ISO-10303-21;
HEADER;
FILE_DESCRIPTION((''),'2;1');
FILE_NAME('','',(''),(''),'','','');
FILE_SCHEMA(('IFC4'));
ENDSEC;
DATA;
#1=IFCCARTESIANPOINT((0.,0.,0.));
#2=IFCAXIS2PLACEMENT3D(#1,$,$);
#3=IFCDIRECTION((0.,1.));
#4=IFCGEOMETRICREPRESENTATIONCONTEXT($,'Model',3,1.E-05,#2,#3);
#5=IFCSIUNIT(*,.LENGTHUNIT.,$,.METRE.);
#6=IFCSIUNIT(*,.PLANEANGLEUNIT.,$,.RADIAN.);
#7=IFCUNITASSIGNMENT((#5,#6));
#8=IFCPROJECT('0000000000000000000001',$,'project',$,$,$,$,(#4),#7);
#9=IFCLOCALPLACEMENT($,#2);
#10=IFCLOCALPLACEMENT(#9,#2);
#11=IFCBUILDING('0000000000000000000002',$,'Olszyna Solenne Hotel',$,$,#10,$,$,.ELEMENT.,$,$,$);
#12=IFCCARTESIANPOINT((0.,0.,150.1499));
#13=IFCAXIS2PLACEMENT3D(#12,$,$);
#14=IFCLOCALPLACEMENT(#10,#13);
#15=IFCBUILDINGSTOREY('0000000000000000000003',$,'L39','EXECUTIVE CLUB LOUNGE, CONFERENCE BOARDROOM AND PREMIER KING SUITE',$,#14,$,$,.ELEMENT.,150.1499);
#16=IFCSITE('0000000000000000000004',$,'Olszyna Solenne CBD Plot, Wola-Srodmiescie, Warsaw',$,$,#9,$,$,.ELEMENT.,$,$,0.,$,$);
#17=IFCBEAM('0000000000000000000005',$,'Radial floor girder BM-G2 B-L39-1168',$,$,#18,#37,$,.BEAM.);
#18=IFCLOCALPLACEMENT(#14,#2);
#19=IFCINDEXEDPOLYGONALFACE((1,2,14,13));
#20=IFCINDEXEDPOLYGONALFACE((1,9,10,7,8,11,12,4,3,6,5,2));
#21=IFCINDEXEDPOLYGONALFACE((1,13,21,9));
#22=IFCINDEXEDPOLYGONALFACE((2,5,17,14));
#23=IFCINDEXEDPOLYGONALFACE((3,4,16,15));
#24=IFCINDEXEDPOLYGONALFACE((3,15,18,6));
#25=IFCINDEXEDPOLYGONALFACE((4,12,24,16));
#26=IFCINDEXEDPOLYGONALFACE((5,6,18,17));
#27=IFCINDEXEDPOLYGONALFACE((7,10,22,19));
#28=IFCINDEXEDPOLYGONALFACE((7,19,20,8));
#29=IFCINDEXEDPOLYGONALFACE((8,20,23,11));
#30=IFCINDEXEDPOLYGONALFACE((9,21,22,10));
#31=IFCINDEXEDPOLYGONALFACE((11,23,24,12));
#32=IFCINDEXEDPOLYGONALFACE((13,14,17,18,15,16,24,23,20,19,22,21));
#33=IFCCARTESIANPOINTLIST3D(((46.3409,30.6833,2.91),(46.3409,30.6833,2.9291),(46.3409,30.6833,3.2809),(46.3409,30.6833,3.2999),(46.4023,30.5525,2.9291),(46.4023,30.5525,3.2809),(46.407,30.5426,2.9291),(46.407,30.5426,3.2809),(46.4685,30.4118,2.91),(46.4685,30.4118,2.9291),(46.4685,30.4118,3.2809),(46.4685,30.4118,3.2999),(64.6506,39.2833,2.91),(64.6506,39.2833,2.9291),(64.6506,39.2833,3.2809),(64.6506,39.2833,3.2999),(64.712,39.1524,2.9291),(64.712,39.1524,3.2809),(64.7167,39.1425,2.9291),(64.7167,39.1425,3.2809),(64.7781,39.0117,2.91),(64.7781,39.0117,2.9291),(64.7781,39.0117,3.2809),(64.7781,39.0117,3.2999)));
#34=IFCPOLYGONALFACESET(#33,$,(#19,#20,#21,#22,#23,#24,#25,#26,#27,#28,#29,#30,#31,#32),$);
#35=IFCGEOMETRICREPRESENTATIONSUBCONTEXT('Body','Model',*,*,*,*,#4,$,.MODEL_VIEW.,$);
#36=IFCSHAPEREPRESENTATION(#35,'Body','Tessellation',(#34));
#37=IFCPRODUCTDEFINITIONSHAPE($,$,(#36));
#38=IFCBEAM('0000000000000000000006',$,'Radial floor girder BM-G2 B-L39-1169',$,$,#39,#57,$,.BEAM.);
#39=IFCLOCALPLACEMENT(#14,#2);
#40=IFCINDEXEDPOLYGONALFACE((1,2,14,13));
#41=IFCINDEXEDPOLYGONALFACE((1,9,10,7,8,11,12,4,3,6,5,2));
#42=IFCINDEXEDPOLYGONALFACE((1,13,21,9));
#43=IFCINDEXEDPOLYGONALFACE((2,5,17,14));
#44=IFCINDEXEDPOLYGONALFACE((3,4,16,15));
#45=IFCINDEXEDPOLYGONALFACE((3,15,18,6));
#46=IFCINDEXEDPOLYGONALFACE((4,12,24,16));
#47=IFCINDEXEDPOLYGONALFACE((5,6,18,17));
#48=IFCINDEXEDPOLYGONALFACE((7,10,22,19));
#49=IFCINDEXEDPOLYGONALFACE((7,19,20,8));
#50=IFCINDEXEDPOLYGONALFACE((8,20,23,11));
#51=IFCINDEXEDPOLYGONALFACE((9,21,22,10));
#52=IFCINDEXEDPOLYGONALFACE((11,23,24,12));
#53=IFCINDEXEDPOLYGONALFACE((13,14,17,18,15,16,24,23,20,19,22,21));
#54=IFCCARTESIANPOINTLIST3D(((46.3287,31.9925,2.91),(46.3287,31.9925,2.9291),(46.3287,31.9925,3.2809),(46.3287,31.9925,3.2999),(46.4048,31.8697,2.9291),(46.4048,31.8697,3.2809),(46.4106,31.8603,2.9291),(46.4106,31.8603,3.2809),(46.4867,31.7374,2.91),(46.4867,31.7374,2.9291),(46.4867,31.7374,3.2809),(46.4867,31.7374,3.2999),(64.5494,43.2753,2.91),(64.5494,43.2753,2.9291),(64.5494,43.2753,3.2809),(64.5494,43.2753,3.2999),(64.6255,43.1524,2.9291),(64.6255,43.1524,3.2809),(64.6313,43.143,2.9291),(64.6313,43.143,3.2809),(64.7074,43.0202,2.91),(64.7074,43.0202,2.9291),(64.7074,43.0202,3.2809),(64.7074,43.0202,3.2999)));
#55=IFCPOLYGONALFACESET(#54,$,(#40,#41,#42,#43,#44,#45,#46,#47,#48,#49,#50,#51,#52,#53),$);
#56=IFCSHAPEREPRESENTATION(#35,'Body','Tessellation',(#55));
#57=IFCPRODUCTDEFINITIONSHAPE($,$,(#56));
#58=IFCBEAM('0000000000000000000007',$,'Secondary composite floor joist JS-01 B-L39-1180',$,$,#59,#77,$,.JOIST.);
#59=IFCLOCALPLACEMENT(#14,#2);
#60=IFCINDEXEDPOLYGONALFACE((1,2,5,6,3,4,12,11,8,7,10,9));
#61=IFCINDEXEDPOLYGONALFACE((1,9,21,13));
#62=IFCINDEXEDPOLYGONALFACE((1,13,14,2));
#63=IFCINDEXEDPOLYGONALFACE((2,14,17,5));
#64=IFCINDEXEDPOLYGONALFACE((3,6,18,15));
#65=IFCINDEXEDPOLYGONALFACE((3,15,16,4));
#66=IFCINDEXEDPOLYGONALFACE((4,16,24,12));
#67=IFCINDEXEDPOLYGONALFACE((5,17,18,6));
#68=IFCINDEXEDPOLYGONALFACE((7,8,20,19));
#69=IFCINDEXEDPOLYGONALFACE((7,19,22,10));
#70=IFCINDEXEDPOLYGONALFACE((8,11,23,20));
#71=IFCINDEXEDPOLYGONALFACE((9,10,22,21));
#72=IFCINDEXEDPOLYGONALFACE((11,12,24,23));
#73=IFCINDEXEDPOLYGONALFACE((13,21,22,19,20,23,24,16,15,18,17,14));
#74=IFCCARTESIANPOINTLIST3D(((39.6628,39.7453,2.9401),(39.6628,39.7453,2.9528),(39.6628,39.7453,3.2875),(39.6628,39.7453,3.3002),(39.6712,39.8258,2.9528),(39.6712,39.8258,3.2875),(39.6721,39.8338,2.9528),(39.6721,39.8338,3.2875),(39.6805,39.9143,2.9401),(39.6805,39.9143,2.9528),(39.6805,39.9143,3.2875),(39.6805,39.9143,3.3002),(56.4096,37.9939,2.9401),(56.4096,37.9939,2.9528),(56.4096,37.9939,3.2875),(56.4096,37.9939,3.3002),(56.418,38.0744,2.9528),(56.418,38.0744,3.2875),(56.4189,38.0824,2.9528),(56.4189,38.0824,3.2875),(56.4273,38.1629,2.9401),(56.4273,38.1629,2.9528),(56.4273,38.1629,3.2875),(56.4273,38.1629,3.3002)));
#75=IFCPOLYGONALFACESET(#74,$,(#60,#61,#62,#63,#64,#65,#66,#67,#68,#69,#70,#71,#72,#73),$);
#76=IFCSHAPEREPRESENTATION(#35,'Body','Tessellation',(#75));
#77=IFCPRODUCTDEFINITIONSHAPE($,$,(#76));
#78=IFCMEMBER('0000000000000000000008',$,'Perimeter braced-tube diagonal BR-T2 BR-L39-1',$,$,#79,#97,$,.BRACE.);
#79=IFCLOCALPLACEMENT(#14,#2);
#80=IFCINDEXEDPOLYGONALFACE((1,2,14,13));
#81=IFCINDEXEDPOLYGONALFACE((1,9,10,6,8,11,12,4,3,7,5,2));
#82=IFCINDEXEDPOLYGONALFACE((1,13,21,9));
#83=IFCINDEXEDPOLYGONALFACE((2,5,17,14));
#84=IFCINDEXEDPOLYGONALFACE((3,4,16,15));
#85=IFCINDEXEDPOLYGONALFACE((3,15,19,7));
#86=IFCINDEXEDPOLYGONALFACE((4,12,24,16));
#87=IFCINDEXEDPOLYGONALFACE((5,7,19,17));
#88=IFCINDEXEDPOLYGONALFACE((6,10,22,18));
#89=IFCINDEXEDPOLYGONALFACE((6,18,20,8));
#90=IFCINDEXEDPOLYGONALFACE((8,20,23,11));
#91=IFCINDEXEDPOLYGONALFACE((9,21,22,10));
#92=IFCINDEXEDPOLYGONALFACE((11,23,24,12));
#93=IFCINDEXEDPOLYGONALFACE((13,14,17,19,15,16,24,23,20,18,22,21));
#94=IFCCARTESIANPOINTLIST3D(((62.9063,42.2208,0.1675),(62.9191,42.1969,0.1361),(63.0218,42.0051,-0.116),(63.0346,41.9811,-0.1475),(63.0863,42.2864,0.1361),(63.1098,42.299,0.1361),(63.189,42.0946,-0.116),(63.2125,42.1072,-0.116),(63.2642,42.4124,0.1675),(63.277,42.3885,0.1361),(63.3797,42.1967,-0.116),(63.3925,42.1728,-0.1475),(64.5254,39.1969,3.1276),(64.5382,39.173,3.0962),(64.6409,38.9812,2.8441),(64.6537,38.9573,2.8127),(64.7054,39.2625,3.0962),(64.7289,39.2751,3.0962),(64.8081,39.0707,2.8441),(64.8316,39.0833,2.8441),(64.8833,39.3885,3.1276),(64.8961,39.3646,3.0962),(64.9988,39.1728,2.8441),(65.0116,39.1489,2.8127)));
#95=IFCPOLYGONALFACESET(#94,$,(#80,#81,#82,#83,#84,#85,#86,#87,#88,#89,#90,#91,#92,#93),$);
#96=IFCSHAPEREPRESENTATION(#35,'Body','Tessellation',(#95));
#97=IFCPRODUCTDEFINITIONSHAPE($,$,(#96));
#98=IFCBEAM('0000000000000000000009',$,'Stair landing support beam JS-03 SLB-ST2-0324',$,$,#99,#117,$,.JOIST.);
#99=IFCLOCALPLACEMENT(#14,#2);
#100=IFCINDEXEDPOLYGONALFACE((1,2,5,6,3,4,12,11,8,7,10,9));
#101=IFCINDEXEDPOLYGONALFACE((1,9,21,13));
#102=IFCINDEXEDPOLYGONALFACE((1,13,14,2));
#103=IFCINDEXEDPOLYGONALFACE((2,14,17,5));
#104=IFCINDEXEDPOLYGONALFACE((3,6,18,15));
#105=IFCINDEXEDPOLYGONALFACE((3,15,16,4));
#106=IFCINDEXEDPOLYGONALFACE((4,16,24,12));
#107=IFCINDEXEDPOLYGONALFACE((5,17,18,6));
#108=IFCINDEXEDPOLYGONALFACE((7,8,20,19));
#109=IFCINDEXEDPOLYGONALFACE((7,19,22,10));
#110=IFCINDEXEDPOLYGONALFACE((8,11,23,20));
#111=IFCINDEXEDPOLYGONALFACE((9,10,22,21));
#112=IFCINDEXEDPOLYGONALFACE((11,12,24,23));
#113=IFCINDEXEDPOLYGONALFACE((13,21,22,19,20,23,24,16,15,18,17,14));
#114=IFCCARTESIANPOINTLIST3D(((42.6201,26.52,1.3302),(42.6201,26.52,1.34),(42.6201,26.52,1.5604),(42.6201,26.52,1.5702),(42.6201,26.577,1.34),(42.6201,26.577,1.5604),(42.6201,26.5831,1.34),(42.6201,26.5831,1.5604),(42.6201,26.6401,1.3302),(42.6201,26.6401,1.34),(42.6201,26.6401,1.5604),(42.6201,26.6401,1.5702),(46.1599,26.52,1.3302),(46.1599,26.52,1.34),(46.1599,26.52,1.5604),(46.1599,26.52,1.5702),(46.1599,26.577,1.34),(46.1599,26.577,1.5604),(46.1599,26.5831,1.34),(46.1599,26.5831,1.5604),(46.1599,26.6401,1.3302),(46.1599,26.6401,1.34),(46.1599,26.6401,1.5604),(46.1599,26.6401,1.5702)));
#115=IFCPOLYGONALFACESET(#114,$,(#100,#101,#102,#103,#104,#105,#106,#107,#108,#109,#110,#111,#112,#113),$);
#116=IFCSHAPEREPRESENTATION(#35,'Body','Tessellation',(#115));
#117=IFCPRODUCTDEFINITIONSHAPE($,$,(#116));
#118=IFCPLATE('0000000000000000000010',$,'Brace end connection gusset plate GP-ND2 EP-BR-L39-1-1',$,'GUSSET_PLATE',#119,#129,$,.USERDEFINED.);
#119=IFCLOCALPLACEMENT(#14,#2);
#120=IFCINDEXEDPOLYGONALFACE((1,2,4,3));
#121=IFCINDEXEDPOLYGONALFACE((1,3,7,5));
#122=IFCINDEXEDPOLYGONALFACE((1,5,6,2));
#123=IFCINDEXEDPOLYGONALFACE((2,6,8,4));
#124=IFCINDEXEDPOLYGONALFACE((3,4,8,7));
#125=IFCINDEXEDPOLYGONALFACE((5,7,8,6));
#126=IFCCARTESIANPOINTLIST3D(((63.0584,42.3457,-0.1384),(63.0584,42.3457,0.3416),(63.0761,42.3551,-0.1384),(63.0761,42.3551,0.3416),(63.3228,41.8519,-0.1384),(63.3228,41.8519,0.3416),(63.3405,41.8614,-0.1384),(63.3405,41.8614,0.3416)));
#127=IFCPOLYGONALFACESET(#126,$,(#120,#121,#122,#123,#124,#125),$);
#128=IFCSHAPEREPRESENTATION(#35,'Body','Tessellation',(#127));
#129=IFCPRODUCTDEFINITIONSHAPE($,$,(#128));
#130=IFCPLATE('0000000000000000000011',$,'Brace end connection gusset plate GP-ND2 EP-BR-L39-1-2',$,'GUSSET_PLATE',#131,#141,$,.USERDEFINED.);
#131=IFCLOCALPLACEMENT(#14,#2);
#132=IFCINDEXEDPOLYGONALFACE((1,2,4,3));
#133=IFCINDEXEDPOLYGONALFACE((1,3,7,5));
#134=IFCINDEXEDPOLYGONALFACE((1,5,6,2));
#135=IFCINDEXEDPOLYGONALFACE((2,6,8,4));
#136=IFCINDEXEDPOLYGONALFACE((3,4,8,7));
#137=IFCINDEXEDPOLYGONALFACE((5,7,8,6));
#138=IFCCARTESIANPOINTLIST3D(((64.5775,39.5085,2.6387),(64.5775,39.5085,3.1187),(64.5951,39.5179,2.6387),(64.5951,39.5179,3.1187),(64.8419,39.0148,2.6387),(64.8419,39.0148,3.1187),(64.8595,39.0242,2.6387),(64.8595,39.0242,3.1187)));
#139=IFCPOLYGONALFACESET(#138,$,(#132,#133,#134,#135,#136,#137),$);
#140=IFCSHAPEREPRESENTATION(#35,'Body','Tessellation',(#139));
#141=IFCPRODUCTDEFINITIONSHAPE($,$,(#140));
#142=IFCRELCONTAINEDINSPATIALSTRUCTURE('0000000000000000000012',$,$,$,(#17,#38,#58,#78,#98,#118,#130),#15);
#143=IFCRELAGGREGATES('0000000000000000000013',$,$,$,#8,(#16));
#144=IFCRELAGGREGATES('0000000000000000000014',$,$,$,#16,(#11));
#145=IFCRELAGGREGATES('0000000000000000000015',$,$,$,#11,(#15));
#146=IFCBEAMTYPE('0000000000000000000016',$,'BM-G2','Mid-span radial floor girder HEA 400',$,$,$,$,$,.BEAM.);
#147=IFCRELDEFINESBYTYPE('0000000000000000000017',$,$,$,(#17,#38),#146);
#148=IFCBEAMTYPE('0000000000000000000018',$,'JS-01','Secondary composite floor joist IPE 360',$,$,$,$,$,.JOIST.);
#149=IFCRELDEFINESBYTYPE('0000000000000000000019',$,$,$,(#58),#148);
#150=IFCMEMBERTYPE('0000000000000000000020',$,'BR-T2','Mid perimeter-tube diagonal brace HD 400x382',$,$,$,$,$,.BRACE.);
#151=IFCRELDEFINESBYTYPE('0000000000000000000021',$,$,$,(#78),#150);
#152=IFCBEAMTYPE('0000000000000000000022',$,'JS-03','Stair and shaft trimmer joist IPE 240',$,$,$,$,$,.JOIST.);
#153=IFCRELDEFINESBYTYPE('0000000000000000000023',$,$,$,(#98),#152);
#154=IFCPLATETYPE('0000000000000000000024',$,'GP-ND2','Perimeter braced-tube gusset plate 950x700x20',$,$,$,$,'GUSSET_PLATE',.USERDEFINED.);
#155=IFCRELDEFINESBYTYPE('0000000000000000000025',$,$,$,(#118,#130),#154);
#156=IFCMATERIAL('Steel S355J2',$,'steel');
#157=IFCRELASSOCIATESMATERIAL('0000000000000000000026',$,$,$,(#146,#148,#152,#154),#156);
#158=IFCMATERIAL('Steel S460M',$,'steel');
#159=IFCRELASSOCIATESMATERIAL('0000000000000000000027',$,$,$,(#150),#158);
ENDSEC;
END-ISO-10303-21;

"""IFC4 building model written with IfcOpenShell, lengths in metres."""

from ifc_helpers import new_model, si_unit, direction, frame, origin, origin_2d, place, context, subcontext, project, spatial, rectangle, i_section, extrude, source, transform, mapped, material, material_profile, profile_set, type_object, element, save


model = new_model("IFC4")

# Units and contexts
model_context = context("Model", 3, precision=1e-05, world=origin(), true_north=direction((0.0, 1.0)))
body_context = subcontext(model_context, "Body", "Model", "MODEL_VIEW")
ifc_project = project(units=[si_unit("LENGTHUNIT", "METRE"), si_unit("PLANEANGLEUNIT", "RADIAN")], contexts=[model_context])

# Site, building, storey
site_placement = place(None, origin())
site = spatial("IfcSite", under=ifc_project, at=site_placement, Name="Olszyna Solenne CBD Plot, Wola-Srodmiescie, Warsaw", CompositionType="ELEMENT", RefElevation=0.0)
building_placement = place(site_placement, origin())
building = spatial("IfcBuilding", under=site, at=building_placement, Name="Olszyna Solenne Hotel", CompositionType="ELEMENT")
storey_placement = place(building_placement, frame((0.0, 0.0, 150.1499)))
storey = spatial("IfcBuildingStorey", under=building, at=storey_placement, Name="L39", Description="EXECUTIVE CLUB LOUNGE, CONFERENCE BOARDROOM AND PREMIER KING SUITE", CompositionType="ELEMENT", Elevation=150.1499)

# Shared definitions
ifc_material_1 = material(Name="Steel S460M", Category="steel")

# Beams
ifc_material_2 = material(Name="Steel S355J2", Category="steel")
ifc_material_profile_1 = material_profile(ifc_material_2, i_section(OverallWidth=0.3, OverallDepth=0.3899, WebThickness=0.011, FlangeThickness=0.019, at=origin_2d()), Name="HEA 400", Category="load-bearing")
ifc_profile_set_1 = profile_set([ifc_material_profile_1], Name="Steel S355J2")
beam_type_1 = type_object("IfcBeamType", Name="BM-G2", Description="Mid-span radial floor girder HEA 400", PredefinedType="BEAM", material=ifc_profile_set_1)
shared_shape_1 = source(origin(), body_context, "Body", "SweptSolid", [
    extrude(i_section(OverallWidth=0.3, OverallDepth=0.3899, WebThickness=0.011, FlangeThickness=0.019, at=origin_2d()), origin(), (0.0, 0.0, 1.0), 20.2288),
])
beam_1_placement = place(storey_placement, frame((64.7144, 39.1475, 3.105), z_axis=(-0.905131, -0.425133, 0.0), x_axis=(0.425133, -0.905131, 0.0)))
element("IfcBeam", 1, at=beam_1_placement, inside=storey, type_object=beam_type_1, Name="Radial floor girder BM-G2 B-L39-1168", PredefinedType="BEAM", context=body_context, shape_type="MappedRepresentation", body=[
    mapped(shared_shape_1, transform((0.0, 0.0, 0.0), x_axis=(1.0, 0.0, 0.0), y_axis=(0.0, 1.0, 0.0), z_axis=(0.0, 0.0, 1.0), scale=1.0)),
])
shared_shape_2 = source(origin(), body_context, "Body", "SweptSolid", [
    extrude(i_section(OverallWidth=0.3, OverallDepth=0.3899, WebThickness=0.011, FlangeThickness=0.019, at=origin_2d()), origin(), (0.0, 0.0, 1.0), 21.4312),
])
beam_2_placement = place(storey_placement, frame((64.6284, 43.1477, 3.105), z_axis=(-0.850198, -0.526464, 0.0), x_axis=(0.526464, -0.850198, 0.0)))
element("IfcBeam", 2, at=beam_2_placement, inside=storey, type_object=beam_type_1, Name="Radial floor girder BM-G2 B-L39-1169", PredefinedType="BEAM", context=body_context, shape_type="MappedRepresentation", body=[
    mapped(shared_shape_2, transform((0.0, 0.0, 0.0), x_axis=(1.0, 0.0, 0.0), y_axis=(0.0, 1.0, 0.0), z_axis=(0.0, 0.0, 1.0), scale=1.0)),
])
ifc_material_profile_2 = material_profile(ifc_material_2, i_section(OverallWidth=0.1699, OverallDepth=0.3601, WebThickness=0.0081, FlangeThickness=0.0127, at=origin_2d()), Name="IPE 360", Category="load-bearing")
ifc_profile_set_2 = profile_set([ifc_material_profile_2], Name="Steel S355J2")
beam_type_2 = type_object("IfcBeamType", Name="JS-01", Description="Secondary composite floor joist IPE 360", PredefinedType="JOIST", material=ifc_profile_set_2)
shared_shape_3 = source(origin(), body_context, "Body", "SweptSolid", [
    extrude(i_section(OverallWidth=0.1699, OverallDepth=0.3601, WebThickness=0.0081, FlangeThickness=0.0127, at=origin_2d()), origin(), (0.0, 0.0, 1.0), 16.8381),
])
beam_3_placement = place(storey_placement, frame((56.4185, 38.0784, 3.1201), z_axis=(-0.994575, 0.104018, 0.0), x_axis=(-0.104018, -0.994575, 0.0)))
element("IfcBeam", 3, at=beam_3_placement, inside=storey, type_object=beam_type_2, Name="Secondary composite floor joist JS-01 B-L39-1180", PredefinedType="JOIST", context=body_context, shape_type="MappedRepresentation", body=[
    mapped(shared_shape_3, transform((0.0, 0.0, 0.0), x_axis=(1.0, 0.0, 0.0), y_axis=(0.0, 1.0, 0.0), z_axis=(0.0, 0.0, 1.0), scale=1.0)),
])

# Member
ifc_material_profile_3 = material_profile(ifc_material_1, i_section(OverallWidth=0.406, OverallDepth=0.416, WebThickness=0.0266, FlangeThickness=0.0415, at=origin_2d()), Name="HD 400x382", Category="load-bearing")
ifc_profile_set_3 = profile_set([ifc_material_profile_3], Name="Steel S460M")
member_type = type_object("IfcMemberType", Name="BR-T2", Description="Mid perimeter-tube diagonal brace HD 400x382", PredefinedType="BRACE", material=ifc_profile_set_3)
shared_shape_4 = source(origin(), body_context, "Body", "SweptSolid", [
    extrude(i_section(OverallWidth=0.406, OverallDepth=0.416, WebThickness=0.0266, FlangeThickness=0.0415, at=origin_2d()), origin(), (0.0, 0.0, 1.0), 4.5308),
])
member_placement = place(storey_placement, frame((63.1494, 42.1968, 0.01), z_axis=(0.35736, -0.667409, 0.653345), x_axis=(0.881579, 0.472036, 0.0)))
element("IfcMember", 4, at=member_placement, inside=storey, type_object=member_type, Name="Perimeter braced-tube diagonal BR-T2 BR-L39-1", PredefinedType="BRACE", context=body_context, shape_type="MappedRepresentation", body=[
    mapped(shared_shape_4, transform((0.0, 0.0, 0.0), x_axis=(1.0, 0.0, 0.0), y_axis=(0.0, 1.0, 0.0), z_axis=(0.0, 0.0, 1.0), scale=1.0)),
])

# Beam
ifc_material_profile_4 = material_profile(ifc_material_2, i_section(OverallWidth=0.1201, OverallDepth=0.24, WebThickness=0.0061, FlangeThickness=0.0098, at=origin_2d()), Name="IPE 240", Category="load-bearing")
ifc_profile_set_4 = profile_set([ifc_material_profile_4], Name="Steel S355J2")
beam_type_3 = type_object("IfcBeamType", Name="JS-03", Description="Stair and shaft trimmer joist IPE 240", PredefinedType="JOIST", material=ifc_profile_set_4)
shared_shape_5 = source(origin(), body_context, "Body", "SweptSolid", [
    extrude(i_section(OverallWidth=0.1201, OverallDepth=0.24, WebThickness=0.0061, FlangeThickness=0.0098, at=origin_2d()), origin(), (0.0, 0.0, 1.0), 3.5398),
])
beam_4_placement = place(storey_placement, frame((46.1599, 26.5801, 1.4502), z_axis=(-1.0, 0.0, 0.0), x_axis=(0.0, -1.0, 0.0)))
element("IfcBeam", 5, at=beam_4_placement, inside=storey, type_object=beam_type_3, Name="Stair landing support beam JS-03 SLB-ST2-0324", PredefinedType="JOIST", context=body_context, shape_type="MappedRepresentation", body=[
    mapped(shared_shape_5, transform((0.0, 0.0, 0.0), x_axis=(1.0, 0.0, 0.0), y_axis=(0.0, 1.0, 0.0), z_axis=(0.0, 0.0, 1.0), scale=1.0)),
])

# Plates
plate_type = type_object("IfcPlateType", Name="GP-ND2", Description="Perimeter braced-tube gusset plate 950x700x20", ElementType="GUSSET_PLATE", PredefinedType="USERDEFINED", material=ifc_material_2)
shared_shape_6 = source(origin(), body_context, "Body", "SweptSolid", [
    extrude(rectangle(XDim=0.5601, YDim=0.02, at=origin_2d()), origin(), (0.0, 0.0, 1.0), 0.48),
])
for number, where, z_axis, x_axis, name in (
    (6, (63.1995, 42.1035, -0.1384), (0.0, 0.0, 1.0), (0.472089, -0.881551, 0.0), "Brace end connection gusset plate GP-ND2 EP-BR-L39-1-1"),
    (7, (64.7185, 39.2664, 2.6387), (0.0, 0.0, 1.0), (0.472089, -0.881551, 0.0), "Brace end connection gusset plate GP-ND2 EP-BR-L39-1-2"),
):
    element("IfcPlate", number, at=place(storey_placement, frame(where, z_axis=z_axis, x_axis=x_axis)), inside=storey, type_object=plate_type, Name=name, ObjectType="GUSSET_PLATE", PredefinedType="USERDEFINED", context=body_context, shape_type="MappedRepresentation", body=[
        mapped(shared_shape_6, transform((0.0, 0.0, 0.0), x_axis=(1.0, 0.0, 0.0), y_axis=(0.0, 1.0, 0.0), z_axis=(0.0, 0.0, 1.0), scale=1.0)),
    ])

save(model, "model.ifc")
